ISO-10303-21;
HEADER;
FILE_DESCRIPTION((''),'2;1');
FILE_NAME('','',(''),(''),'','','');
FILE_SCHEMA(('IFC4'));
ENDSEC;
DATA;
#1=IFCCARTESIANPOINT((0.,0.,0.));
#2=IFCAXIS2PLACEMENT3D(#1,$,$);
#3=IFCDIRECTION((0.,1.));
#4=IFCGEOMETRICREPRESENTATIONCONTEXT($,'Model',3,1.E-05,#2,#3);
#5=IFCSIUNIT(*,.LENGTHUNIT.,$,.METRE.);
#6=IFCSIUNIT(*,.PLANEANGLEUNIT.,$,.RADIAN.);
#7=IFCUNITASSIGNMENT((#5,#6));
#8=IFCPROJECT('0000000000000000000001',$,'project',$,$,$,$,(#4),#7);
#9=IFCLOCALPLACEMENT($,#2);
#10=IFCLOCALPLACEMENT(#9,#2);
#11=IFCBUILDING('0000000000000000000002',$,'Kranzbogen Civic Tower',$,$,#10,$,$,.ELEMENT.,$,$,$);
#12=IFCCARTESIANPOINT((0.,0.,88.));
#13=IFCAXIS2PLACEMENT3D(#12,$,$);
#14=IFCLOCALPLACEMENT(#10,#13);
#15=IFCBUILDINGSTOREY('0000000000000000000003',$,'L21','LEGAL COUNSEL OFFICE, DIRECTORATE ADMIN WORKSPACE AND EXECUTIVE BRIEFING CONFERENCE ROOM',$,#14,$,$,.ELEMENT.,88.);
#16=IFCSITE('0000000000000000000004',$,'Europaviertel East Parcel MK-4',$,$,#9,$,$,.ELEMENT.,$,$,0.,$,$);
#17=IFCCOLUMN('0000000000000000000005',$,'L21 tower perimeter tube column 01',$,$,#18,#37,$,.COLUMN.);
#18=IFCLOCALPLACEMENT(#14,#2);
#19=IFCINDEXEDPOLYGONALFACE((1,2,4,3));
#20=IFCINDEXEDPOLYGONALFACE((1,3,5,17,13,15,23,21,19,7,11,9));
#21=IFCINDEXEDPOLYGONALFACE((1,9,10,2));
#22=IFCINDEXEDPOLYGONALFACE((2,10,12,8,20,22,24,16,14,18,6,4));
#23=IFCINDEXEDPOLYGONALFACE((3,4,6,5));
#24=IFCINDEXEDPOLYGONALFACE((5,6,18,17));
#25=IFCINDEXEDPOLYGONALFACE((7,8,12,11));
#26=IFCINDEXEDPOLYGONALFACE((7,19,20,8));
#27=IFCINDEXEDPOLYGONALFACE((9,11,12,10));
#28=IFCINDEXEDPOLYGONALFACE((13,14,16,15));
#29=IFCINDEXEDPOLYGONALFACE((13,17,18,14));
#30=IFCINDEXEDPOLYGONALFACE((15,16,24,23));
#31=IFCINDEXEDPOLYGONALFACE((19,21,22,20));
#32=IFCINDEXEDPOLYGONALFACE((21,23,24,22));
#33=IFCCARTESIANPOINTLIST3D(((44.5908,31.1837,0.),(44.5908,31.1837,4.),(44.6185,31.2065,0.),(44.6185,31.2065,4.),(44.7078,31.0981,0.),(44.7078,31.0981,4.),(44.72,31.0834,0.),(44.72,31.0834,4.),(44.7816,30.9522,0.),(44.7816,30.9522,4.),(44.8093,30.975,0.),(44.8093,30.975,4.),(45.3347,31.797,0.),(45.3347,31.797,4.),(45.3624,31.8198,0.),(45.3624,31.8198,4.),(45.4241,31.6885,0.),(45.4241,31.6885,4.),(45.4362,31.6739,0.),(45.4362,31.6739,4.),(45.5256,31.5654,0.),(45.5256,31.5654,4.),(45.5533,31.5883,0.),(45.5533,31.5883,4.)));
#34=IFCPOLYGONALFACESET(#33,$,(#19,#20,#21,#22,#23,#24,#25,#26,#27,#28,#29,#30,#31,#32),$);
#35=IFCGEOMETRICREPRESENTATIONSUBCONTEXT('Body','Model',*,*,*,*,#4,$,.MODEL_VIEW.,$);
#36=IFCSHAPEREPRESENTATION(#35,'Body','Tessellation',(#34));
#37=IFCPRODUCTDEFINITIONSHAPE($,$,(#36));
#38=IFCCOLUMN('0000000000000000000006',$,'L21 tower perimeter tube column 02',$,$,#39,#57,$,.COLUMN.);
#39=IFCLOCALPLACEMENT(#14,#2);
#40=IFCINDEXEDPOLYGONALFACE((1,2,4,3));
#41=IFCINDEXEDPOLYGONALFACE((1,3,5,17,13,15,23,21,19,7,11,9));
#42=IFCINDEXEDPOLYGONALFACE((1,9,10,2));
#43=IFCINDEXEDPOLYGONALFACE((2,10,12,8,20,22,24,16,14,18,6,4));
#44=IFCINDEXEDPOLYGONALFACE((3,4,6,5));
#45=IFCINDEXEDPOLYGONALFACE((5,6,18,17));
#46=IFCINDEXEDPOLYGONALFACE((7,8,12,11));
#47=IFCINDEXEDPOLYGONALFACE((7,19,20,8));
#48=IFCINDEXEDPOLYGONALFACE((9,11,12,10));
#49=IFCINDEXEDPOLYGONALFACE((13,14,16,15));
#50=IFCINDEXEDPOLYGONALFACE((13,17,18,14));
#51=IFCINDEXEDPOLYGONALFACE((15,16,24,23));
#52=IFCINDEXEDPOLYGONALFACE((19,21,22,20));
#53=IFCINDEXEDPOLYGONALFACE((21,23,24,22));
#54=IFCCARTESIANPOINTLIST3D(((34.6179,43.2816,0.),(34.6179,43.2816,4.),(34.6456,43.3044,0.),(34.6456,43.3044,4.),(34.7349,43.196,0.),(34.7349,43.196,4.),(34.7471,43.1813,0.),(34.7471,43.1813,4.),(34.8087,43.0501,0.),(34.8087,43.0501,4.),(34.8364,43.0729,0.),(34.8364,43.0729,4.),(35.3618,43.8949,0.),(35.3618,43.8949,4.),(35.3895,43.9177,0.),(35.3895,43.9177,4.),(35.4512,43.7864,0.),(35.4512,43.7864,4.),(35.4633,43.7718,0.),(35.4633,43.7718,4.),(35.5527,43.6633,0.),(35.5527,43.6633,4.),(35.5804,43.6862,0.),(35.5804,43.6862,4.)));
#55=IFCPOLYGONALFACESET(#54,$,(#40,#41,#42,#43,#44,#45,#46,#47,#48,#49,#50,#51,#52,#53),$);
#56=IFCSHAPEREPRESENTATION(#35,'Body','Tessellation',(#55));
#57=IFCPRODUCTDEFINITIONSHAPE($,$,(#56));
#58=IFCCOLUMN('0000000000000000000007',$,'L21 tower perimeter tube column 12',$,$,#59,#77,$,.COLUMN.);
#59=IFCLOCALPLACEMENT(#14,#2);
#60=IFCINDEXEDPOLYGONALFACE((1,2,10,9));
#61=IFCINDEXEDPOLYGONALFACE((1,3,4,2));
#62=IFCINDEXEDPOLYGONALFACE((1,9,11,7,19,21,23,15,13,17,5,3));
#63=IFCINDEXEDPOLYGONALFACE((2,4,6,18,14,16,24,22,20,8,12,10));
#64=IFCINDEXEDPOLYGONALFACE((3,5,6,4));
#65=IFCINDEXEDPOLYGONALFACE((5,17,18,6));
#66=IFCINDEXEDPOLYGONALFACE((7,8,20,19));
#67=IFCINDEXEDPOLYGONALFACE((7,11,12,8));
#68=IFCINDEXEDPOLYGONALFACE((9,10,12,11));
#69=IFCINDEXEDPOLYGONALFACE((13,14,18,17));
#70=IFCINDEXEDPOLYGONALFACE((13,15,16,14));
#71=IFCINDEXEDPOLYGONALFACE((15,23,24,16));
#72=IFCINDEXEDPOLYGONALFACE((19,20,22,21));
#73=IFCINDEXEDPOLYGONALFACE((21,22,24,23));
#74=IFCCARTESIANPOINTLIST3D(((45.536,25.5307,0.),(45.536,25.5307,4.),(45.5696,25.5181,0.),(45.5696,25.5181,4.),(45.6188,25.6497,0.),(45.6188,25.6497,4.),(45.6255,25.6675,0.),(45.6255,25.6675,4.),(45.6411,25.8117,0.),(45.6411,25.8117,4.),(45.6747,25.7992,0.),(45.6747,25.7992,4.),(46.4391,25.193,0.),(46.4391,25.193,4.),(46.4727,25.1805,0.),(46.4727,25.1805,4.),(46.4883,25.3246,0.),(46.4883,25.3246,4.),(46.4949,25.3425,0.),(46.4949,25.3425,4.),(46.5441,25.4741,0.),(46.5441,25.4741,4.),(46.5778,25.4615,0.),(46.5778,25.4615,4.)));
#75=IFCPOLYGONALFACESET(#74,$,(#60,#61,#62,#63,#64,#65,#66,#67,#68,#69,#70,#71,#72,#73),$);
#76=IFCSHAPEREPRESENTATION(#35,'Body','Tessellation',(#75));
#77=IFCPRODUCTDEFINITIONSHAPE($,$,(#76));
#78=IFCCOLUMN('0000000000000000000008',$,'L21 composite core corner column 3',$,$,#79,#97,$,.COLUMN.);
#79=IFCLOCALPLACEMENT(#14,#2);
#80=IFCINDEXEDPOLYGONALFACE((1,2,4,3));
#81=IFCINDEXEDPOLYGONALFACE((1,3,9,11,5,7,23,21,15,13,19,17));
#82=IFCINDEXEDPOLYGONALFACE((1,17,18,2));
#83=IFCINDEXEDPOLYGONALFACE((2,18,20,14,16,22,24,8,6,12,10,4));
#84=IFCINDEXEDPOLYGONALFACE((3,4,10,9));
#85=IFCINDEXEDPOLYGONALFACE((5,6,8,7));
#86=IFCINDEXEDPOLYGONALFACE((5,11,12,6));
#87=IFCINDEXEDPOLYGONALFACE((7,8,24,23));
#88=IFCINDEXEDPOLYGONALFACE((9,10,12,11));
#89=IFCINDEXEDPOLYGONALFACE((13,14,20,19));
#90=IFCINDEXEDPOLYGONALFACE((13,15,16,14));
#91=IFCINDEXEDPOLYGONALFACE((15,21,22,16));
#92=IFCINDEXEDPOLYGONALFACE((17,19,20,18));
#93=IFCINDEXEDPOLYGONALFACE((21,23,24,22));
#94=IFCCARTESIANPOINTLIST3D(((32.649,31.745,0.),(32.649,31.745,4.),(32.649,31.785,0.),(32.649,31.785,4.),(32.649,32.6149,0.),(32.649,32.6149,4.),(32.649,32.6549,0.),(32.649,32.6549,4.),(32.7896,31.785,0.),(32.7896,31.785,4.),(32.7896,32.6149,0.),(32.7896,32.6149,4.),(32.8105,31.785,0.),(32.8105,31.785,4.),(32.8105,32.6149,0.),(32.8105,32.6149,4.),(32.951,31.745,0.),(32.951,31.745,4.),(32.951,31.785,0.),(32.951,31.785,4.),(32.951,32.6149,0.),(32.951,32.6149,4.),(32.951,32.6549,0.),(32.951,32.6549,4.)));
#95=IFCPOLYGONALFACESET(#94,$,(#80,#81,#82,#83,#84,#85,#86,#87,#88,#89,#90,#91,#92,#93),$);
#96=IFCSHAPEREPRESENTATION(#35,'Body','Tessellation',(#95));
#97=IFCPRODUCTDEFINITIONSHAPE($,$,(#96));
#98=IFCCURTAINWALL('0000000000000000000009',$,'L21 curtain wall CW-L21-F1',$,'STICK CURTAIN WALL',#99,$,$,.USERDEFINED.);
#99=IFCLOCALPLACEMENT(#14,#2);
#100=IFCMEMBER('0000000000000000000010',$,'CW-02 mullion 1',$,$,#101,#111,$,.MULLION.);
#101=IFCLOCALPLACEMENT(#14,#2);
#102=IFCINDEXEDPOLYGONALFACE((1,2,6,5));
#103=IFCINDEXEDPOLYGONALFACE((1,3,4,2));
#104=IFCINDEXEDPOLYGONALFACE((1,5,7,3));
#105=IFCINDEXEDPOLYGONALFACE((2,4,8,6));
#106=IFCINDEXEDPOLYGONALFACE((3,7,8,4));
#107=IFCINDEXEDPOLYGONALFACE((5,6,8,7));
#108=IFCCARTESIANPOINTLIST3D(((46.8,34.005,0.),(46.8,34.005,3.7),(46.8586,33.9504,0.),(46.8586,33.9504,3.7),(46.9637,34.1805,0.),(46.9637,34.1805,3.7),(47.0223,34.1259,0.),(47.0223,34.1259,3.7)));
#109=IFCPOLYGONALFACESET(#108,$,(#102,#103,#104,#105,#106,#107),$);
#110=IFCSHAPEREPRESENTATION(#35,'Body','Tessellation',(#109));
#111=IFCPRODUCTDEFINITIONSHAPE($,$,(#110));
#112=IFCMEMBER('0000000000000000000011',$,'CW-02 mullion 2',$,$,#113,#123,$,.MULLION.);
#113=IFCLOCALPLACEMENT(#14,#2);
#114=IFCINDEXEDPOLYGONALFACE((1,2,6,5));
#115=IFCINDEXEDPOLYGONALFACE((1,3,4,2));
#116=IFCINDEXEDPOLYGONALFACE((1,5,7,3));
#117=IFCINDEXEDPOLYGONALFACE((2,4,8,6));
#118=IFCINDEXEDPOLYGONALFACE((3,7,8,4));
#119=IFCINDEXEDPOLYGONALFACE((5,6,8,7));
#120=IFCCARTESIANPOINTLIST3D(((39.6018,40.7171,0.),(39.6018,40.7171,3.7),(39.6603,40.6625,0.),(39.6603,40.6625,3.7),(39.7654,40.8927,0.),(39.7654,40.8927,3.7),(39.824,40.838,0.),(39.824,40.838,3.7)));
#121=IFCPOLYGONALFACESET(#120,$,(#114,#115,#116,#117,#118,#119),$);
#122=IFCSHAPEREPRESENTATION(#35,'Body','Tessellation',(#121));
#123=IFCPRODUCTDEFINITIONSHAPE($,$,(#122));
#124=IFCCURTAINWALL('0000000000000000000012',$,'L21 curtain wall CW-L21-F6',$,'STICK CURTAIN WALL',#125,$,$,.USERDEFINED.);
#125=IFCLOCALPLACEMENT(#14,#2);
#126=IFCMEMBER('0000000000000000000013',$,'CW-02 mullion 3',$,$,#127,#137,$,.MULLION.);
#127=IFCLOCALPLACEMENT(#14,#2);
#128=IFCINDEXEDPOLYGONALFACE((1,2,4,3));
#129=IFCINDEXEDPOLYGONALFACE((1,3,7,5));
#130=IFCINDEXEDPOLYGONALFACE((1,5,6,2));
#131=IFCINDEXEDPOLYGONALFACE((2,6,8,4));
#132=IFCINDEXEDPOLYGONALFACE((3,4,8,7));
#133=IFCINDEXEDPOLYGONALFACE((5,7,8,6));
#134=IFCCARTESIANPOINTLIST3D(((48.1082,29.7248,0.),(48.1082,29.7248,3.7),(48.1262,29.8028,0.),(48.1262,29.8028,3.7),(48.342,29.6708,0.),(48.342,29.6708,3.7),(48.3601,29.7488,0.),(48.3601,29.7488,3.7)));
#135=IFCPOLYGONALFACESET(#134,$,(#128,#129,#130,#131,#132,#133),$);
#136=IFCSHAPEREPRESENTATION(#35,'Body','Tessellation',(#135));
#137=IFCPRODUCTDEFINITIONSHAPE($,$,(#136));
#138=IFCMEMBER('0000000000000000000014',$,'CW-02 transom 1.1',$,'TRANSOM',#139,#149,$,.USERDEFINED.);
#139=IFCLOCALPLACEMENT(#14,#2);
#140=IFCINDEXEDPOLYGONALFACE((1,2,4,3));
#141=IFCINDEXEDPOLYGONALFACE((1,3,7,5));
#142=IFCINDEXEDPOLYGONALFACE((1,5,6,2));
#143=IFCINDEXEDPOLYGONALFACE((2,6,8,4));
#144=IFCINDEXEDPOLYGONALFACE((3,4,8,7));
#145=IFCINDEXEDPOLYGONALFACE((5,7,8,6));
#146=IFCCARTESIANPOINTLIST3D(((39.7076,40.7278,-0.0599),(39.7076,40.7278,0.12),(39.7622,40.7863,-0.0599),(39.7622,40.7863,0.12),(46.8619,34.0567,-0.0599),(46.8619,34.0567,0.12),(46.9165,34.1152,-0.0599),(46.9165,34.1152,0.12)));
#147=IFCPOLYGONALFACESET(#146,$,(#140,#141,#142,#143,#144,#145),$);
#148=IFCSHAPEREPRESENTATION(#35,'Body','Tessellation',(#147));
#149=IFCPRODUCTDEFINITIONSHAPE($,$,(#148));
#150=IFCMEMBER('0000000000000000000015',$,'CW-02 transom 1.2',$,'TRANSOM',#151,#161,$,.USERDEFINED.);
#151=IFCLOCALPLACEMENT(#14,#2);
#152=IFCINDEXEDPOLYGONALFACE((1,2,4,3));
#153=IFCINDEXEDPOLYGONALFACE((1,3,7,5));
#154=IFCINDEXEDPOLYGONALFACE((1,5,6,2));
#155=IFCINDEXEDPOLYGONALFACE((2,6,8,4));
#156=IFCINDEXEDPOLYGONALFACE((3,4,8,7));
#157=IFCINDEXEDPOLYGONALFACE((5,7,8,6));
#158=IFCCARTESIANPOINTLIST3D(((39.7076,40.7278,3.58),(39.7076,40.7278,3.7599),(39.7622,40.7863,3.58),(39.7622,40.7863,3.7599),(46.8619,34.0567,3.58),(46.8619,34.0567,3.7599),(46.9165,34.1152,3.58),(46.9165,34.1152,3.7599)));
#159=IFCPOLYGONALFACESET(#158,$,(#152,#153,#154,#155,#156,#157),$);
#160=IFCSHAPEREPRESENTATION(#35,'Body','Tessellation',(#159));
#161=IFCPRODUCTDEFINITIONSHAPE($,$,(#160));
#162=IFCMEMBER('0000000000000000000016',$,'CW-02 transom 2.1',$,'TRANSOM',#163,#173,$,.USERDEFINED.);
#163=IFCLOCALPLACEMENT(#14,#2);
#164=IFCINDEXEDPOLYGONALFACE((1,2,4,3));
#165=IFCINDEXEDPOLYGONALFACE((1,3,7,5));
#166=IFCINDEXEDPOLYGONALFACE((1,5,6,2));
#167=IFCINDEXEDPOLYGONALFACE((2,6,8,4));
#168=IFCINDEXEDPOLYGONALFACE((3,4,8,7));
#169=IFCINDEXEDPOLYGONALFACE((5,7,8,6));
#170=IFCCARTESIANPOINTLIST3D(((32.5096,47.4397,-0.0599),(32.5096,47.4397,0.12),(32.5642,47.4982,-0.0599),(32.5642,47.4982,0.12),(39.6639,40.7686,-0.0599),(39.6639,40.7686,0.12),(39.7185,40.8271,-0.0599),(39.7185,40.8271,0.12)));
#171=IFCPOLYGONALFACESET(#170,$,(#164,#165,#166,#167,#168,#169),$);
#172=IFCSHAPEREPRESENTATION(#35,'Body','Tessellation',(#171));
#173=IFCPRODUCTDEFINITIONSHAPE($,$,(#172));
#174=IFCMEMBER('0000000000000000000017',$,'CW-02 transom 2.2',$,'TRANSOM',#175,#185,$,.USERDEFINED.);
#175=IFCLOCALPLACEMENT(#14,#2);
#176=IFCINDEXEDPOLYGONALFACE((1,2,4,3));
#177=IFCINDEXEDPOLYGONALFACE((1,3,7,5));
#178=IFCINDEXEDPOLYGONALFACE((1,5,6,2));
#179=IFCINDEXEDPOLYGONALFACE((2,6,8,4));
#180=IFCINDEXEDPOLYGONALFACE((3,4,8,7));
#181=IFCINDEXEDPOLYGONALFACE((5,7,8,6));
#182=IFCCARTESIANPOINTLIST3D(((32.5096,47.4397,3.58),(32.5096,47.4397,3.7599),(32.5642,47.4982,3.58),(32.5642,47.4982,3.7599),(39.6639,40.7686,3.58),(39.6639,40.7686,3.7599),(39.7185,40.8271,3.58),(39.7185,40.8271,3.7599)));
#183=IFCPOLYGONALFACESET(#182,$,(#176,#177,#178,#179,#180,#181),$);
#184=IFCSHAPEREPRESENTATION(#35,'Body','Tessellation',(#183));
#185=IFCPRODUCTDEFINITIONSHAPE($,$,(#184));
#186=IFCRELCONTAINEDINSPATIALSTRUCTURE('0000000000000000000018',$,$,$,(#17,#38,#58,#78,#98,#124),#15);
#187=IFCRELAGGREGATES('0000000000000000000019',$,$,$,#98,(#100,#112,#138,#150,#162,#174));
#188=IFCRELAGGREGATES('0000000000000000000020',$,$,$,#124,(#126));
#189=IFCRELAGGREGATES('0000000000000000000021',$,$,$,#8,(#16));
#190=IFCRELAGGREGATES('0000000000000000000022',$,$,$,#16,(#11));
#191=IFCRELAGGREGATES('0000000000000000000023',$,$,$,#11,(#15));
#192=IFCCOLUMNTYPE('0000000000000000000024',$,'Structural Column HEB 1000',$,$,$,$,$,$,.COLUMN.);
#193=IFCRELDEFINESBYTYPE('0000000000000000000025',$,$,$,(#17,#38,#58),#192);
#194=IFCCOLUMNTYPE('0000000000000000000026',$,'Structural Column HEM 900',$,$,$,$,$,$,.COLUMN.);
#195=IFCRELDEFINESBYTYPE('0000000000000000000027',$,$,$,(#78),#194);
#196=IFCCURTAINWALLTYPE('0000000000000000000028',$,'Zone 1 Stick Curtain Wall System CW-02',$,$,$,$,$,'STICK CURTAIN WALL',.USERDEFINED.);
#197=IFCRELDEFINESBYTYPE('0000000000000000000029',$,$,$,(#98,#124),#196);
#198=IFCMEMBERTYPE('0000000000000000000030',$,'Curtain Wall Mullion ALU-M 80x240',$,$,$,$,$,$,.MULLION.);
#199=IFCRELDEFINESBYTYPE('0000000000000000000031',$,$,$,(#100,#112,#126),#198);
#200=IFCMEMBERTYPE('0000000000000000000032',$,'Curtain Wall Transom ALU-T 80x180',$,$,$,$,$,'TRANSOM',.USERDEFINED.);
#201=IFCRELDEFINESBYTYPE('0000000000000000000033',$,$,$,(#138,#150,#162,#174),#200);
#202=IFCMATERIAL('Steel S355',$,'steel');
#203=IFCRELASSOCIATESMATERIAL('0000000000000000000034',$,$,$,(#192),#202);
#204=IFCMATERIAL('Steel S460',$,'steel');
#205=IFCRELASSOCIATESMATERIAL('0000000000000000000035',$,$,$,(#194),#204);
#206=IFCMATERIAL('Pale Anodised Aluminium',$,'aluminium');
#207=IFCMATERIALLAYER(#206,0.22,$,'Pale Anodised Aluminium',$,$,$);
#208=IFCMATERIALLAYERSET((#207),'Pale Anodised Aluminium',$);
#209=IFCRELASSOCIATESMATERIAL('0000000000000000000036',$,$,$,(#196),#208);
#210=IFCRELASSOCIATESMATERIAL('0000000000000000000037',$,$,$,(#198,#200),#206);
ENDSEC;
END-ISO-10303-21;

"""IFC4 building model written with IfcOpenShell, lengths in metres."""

from ifc_helpers import new_model, si_unit, direction, frame, origin, origin_2d, place, context, subcontext, project, spatial, rectangle, i_section, extrude, material, layer, layer_set, material_profile, profile_set, type_object, element, aggregate, save


model = new_model("IFC4")

# Units and contexts
model_context = context("Model", 3, precision=1e-05, world=origin(), true_north=direction((0.0, 1.0)))
body_context = subcontext(model_context, "Body", "Model", "MODEL_VIEW")
ifc_project = project(units=[si_unit("LENGTHUNIT", "METRE"), si_unit("PLANEANGLEUNIT", "RADIAN")], contexts=[model_context])

# Site, building, storey
site_placement = place(None, origin())
site = spatial("IfcSite", under=ifc_project, at=site_placement, Name="Europaviertel East Parcel MK-4", CompositionType="ELEMENT", RefElevation=0.0)
building_placement = place(site_placement, origin())
building = spatial("IfcBuilding", under=site, at=building_placement, Name="Kranzbogen Civic Tower", CompositionType="ELEMENT")
storey_placement = place(building_placement, frame((0.0, 0.0, 88.0)))
storey = spatial("IfcBuildingStorey", under=building, at=storey_placement, Name="L21", Description="LEGAL COUNSEL OFFICE, DIRECTORATE ADMIN WORKSPACE AND EXECUTIVE BRIEFING CONFERENCE ROOM", CompositionType="ELEMENT", Elevation=88.0)

# Columns
ifc_material_1 = material(Name="Steel S355", Category="steel")
ifc_material_profile_1 = material_profile(ifc_material_1, i_section(OverallWidth=0.3, OverallDepth=1.0, WebThickness=0.019, FlangeThickness=0.0359, at=origin_2d()), Name="HEB 1000")
ifc_profile_set_1 = profile_set([ifc_material_profile_1], Name="Steel S355")
column_type_1 = type_object("IfcColumnType", Name="Structural Column HEB 1000", PredefinedType="COLUMN", material=ifc_profile_set_1)
for number, where, z_axis, x_axis, name in (
    (1, (45.072, 31.386, 0.0), (0.0, 0.0, 1.0), (-0.636078, 0.771625, 0.0), "L21 tower perimeter tube column 01"),
    (2, (35.0991, 43.4839, 0.0), (0.0, 0.0, 1.0), (-0.636078, 0.771625, 0.0), "L21 tower perimeter tube column 02"),
    (3, (46.0569, 25.4961, 0.0), (0.0, 0.0, 1.0), (0.350207, 0.936672, 0.0), "L21 tower perimeter tube column 12"),
):
    element("IfcColumn", number, at=place(storey_placement, frame(where, z_axis=z_axis, x_axis=x_axis)), inside=storey, type_object=column_type_1, Name=name, PredefinedType="COLUMN", context=body_context, shape_type="SweptSolid", body=[
        extrude(i_section(OverallWidth=0.3, OverallDepth=1.0, WebThickness=0.019, FlangeThickness=0.0359, at=origin_2d()), origin(), (0.0, 0.0, 1.0), 4.0),
    ])
ifc_material_2 = material(Name="Steel S460", Category="steel")
ifc_material_profile_2 = material_profile(ifc_material_2, i_section(OverallWidth=0.302, OverallDepth=0.9099, WebThickness=0.021, FlangeThickness=0.04, at=origin_2d()), Name="HEM 900")
ifc_profile_set_2 = profile_set([ifc_material_profile_2], Name="Steel S460")
column_type_2 = type_object("IfcColumnType", Name="Structural Column HEM 900", PredefinedType="COLUMN", material=ifc_profile_set_2)
column_placement = place(storey_placement, frame((32.8, 32.2, 0.0), z_axis=(0.0, 0.0, 1.0), x_axis=(1.0, 0.0, 0.0)))
element("IfcColumn", 4, at=column_placement, inside=storey, type_object=column_type_2, Name="L21 composite core corner column 3", PredefinedType="COLUMN", context=body_context, shape_type="SweptSolid", body=[
    extrude(i_section(OverallWidth=0.302, OverallDepth=0.9099, WebThickness=0.021, FlangeThickness=0.04, at=origin_2d()), origin(), (0.0, 0.0, 1.0), 4.0),
])

# Curtain wall, members
ifc_material_3 = material(Name="Pale Anodised Aluminium", Category="aluminium")
ifc_layer_1 = layer(ifc_material_3, 0.22, Name="Pale Anodised Aluminium")
ifc_layer_set_1 = layer_set([ifc_layer_1], Name="Pale Anodised Aluminium")
curtain_wall_type = type_object("IfcCurtainWallType", Name="Zone 1 Stick Curtain Wall System CW-02", ElementType="STICK CURTAIN WALL", PredefinedType="USERDEFINED", material=ifc_layer_set_1)
curtain_wall_1_placement = place(storey_placement, origin())
curtain_wall_1 = element("IfcCurtainWall", 5, at=curtain_wall_1_placement, inside=storey, type_object=curtain_wall_type, Name="L21 curtain wall CW-L21-F1", ObjectType="STICK CURTAIN WALL", PredefinedType="USERDEFINED")
ifc_material_profile_3 = material_profile(ifc_material_3, rectangle(XDim=0.0801, YDim=0.24, at=origin_2d()), Name="ALU-M 80x240")
ifc_profile_set_3 = profile_set([ifc_material_profile_3], Name="Pale Anodised Aluminium")
member_type_1 = type_object("IfcMemberType", Name="Curtain Wall Mullion ALU-M 80x240", PredefinedType="MULLION", material=ifc_profile_set_3)
member_1_placement = place(storey_placement, frame((46.9111, 34.0654, 0.0), z_axis=(0.0, 0.0, 1.0), x_axis=(-0.731367, 0.681984, 0.0)))
member_1 = element("IfcMember", 6, at=member_1_placement, type_object=member_type_1, Name="CW-02 mullion 1", PredefinedType="MULLION", context=body_context, shape_type="SweptSolid", body=[
    extrude(rectangle(XDim=0.0801, YDim=0.24, at=origin_2d()), origin(), (0.0, 0.0, 1.0), 3.7),
])
member_2_placement = place(storey_placement, frame((39.7129, 40.7776, 0.0), z_axis=(0.0, 0.0, 1.0), x_axis=(-0.731367, 0.681984, 0.0)))
member_2 = element("IfcMember", 7, at=member_2_placement, type_object=member_type_1, Name="CW-02 mullion 2", PredefinedType="MULLION", context=body_context, shape_type="SweptSolid", body=[
    extrude(rectangle(XDim=0.0801, YDim=0.24, at=origin_2d()), origin(), (0.0, 0.0, 1.0), 3.7),
])

# Curtain wall, member
curtain_wall_2_placement = place(storey_placement, origin())
curtain_wall_2 = element("IfcCurtainWall", 8, at=curtain_wall_2_placement, inside=storey, type_object=curtain_wall_type, Name="L21 curtain wall CW-L21-F6", ObjectType="STICK CURTAIN WALL", PredefinedType="USERDEFINED")
member_3_placement = place(storey_placement, frame((48.2341, 29.7368, 0.0), z_axis=(0.0, 0.0, 1.0), x_axis=(0.224978, 0.974364, 0.0)))
member_3 = element("IfcMember", 9, at=member_3_placement, type_object=member_type_1, Name="CW-02 mullion 3", PredefinedType="MULLION", context=body_context, shape_type="SweptSolid", body=[
    extrude(rectangle(XDim=0.0801, YDim=0.24, at=origin_2d()), origin(), (0.0, 0.0, 1.0), 3.7),
])

# Members
ifc_material_profile_4 = material_profile(ifc_material_3, rectangle(XDim=0.0801, YDim=0.1799, at=origin_2d()), Name="ALU-T 80x180")
ifc_profile_set_4 = profile_set([ifc_material_profile_4], Name="Pale Anodised Aluminium")
member_type_2 = type_object("IfcMemberType", Name="Curtain Wall Transom ALU-T 80x180", ElementType="TRANSOM", PredefinedType="USERDEFINED", material=ifc_profile_set_4)
member_4_placement = place(storey_placement, frame((46.8892, 34.0859, 0.03), z_axis=(-0.731371, 0.681979, 0.0), x_axis=(-0.681979, -0.731371, 0.0)))
member_4 = element("IfcMember", 10, at=member_4_placement, type_object=member_type_2, Name="CW-02 transom 1.1", ObjectType="TRANSOM", PredefinedType="USERDEFINED", context=body_context, shape_type="SweptSolid", body=[
    extrude(rectangle(XDim=0.0801, YDim=0.1799, at=origin_2d()), origin(), (0.0, 0.0, 1.0), 9.782),
])
member_5_placement = place(storey_placement, frame((46.8892, 34.0859, 3.6699), z_axis=(-0.731371, 0.681979, 0.0), x_axis=(-0.681979, -0.731371, 0.0)))
member_5 = element("IfcMember", 11, at=member_5_placement, type_object=member_type_2, Name="CW-02 transom 1.2", ObjectType="TRANSOM", PredefinedType="USERDEFINED", context=body_context, shape_type="SweptSolid", body=[
    extrude(rectangle(XDim=0.0801, YDim=0.1799, at=origin_2d()), origin(), (0.0, 0.0, 1.0), 9.782),
])
member_6_placement = place(storey_placement, frame((39.6912, 40.7979, 0.03), z_axis=(-0.731371, 0.681979, 0.0), x_axis=(-0.681979, -0.731371, 0.0)))
member_6 = element("IfcMember", 12, at=member_6_placement, type_object=member_type_2, Name="CW-02 transom 2.1", ObjectType="TRANSOM", PredefinedType="USERDEFINED", context=body_context, shape_type="SweptSolid", body=[
    extrude(rectangle(XDim=0.0801, YDim=0.1799, at=origin_2d()), origin(), (0.0, 0.0, 1.0), 9.782),
])
member_7_placement = place(storey_placement, frame((39.6912, 40.7979, 3.6699), z_axis=(-0.731371, 0.681979, 0.0), x_axis=(-0.681979, -0.731371, 0.0)))
member_7 = element("IfcMember", 13, at=member_7_placement, type_object=member_type_2, Name="CW-02 transom 2.2", ObjectType="TRANSOM", PredefinedType="USERDEFINED", context=body_context, shape_type="SweptSolid", body=[
    extrude(rectangle(XDim=0.0801, YDim=0.1799, at=origin_2d()), origin(), (0.0, 0.0, 1.0), 9.782),
])

aggregate(curtain_wall_1, [member_1, member_2, member_4, member_5, member_6, member_7])
aggregate(curtain_wall_2, [member_3])

save(model, "model.ifc")
